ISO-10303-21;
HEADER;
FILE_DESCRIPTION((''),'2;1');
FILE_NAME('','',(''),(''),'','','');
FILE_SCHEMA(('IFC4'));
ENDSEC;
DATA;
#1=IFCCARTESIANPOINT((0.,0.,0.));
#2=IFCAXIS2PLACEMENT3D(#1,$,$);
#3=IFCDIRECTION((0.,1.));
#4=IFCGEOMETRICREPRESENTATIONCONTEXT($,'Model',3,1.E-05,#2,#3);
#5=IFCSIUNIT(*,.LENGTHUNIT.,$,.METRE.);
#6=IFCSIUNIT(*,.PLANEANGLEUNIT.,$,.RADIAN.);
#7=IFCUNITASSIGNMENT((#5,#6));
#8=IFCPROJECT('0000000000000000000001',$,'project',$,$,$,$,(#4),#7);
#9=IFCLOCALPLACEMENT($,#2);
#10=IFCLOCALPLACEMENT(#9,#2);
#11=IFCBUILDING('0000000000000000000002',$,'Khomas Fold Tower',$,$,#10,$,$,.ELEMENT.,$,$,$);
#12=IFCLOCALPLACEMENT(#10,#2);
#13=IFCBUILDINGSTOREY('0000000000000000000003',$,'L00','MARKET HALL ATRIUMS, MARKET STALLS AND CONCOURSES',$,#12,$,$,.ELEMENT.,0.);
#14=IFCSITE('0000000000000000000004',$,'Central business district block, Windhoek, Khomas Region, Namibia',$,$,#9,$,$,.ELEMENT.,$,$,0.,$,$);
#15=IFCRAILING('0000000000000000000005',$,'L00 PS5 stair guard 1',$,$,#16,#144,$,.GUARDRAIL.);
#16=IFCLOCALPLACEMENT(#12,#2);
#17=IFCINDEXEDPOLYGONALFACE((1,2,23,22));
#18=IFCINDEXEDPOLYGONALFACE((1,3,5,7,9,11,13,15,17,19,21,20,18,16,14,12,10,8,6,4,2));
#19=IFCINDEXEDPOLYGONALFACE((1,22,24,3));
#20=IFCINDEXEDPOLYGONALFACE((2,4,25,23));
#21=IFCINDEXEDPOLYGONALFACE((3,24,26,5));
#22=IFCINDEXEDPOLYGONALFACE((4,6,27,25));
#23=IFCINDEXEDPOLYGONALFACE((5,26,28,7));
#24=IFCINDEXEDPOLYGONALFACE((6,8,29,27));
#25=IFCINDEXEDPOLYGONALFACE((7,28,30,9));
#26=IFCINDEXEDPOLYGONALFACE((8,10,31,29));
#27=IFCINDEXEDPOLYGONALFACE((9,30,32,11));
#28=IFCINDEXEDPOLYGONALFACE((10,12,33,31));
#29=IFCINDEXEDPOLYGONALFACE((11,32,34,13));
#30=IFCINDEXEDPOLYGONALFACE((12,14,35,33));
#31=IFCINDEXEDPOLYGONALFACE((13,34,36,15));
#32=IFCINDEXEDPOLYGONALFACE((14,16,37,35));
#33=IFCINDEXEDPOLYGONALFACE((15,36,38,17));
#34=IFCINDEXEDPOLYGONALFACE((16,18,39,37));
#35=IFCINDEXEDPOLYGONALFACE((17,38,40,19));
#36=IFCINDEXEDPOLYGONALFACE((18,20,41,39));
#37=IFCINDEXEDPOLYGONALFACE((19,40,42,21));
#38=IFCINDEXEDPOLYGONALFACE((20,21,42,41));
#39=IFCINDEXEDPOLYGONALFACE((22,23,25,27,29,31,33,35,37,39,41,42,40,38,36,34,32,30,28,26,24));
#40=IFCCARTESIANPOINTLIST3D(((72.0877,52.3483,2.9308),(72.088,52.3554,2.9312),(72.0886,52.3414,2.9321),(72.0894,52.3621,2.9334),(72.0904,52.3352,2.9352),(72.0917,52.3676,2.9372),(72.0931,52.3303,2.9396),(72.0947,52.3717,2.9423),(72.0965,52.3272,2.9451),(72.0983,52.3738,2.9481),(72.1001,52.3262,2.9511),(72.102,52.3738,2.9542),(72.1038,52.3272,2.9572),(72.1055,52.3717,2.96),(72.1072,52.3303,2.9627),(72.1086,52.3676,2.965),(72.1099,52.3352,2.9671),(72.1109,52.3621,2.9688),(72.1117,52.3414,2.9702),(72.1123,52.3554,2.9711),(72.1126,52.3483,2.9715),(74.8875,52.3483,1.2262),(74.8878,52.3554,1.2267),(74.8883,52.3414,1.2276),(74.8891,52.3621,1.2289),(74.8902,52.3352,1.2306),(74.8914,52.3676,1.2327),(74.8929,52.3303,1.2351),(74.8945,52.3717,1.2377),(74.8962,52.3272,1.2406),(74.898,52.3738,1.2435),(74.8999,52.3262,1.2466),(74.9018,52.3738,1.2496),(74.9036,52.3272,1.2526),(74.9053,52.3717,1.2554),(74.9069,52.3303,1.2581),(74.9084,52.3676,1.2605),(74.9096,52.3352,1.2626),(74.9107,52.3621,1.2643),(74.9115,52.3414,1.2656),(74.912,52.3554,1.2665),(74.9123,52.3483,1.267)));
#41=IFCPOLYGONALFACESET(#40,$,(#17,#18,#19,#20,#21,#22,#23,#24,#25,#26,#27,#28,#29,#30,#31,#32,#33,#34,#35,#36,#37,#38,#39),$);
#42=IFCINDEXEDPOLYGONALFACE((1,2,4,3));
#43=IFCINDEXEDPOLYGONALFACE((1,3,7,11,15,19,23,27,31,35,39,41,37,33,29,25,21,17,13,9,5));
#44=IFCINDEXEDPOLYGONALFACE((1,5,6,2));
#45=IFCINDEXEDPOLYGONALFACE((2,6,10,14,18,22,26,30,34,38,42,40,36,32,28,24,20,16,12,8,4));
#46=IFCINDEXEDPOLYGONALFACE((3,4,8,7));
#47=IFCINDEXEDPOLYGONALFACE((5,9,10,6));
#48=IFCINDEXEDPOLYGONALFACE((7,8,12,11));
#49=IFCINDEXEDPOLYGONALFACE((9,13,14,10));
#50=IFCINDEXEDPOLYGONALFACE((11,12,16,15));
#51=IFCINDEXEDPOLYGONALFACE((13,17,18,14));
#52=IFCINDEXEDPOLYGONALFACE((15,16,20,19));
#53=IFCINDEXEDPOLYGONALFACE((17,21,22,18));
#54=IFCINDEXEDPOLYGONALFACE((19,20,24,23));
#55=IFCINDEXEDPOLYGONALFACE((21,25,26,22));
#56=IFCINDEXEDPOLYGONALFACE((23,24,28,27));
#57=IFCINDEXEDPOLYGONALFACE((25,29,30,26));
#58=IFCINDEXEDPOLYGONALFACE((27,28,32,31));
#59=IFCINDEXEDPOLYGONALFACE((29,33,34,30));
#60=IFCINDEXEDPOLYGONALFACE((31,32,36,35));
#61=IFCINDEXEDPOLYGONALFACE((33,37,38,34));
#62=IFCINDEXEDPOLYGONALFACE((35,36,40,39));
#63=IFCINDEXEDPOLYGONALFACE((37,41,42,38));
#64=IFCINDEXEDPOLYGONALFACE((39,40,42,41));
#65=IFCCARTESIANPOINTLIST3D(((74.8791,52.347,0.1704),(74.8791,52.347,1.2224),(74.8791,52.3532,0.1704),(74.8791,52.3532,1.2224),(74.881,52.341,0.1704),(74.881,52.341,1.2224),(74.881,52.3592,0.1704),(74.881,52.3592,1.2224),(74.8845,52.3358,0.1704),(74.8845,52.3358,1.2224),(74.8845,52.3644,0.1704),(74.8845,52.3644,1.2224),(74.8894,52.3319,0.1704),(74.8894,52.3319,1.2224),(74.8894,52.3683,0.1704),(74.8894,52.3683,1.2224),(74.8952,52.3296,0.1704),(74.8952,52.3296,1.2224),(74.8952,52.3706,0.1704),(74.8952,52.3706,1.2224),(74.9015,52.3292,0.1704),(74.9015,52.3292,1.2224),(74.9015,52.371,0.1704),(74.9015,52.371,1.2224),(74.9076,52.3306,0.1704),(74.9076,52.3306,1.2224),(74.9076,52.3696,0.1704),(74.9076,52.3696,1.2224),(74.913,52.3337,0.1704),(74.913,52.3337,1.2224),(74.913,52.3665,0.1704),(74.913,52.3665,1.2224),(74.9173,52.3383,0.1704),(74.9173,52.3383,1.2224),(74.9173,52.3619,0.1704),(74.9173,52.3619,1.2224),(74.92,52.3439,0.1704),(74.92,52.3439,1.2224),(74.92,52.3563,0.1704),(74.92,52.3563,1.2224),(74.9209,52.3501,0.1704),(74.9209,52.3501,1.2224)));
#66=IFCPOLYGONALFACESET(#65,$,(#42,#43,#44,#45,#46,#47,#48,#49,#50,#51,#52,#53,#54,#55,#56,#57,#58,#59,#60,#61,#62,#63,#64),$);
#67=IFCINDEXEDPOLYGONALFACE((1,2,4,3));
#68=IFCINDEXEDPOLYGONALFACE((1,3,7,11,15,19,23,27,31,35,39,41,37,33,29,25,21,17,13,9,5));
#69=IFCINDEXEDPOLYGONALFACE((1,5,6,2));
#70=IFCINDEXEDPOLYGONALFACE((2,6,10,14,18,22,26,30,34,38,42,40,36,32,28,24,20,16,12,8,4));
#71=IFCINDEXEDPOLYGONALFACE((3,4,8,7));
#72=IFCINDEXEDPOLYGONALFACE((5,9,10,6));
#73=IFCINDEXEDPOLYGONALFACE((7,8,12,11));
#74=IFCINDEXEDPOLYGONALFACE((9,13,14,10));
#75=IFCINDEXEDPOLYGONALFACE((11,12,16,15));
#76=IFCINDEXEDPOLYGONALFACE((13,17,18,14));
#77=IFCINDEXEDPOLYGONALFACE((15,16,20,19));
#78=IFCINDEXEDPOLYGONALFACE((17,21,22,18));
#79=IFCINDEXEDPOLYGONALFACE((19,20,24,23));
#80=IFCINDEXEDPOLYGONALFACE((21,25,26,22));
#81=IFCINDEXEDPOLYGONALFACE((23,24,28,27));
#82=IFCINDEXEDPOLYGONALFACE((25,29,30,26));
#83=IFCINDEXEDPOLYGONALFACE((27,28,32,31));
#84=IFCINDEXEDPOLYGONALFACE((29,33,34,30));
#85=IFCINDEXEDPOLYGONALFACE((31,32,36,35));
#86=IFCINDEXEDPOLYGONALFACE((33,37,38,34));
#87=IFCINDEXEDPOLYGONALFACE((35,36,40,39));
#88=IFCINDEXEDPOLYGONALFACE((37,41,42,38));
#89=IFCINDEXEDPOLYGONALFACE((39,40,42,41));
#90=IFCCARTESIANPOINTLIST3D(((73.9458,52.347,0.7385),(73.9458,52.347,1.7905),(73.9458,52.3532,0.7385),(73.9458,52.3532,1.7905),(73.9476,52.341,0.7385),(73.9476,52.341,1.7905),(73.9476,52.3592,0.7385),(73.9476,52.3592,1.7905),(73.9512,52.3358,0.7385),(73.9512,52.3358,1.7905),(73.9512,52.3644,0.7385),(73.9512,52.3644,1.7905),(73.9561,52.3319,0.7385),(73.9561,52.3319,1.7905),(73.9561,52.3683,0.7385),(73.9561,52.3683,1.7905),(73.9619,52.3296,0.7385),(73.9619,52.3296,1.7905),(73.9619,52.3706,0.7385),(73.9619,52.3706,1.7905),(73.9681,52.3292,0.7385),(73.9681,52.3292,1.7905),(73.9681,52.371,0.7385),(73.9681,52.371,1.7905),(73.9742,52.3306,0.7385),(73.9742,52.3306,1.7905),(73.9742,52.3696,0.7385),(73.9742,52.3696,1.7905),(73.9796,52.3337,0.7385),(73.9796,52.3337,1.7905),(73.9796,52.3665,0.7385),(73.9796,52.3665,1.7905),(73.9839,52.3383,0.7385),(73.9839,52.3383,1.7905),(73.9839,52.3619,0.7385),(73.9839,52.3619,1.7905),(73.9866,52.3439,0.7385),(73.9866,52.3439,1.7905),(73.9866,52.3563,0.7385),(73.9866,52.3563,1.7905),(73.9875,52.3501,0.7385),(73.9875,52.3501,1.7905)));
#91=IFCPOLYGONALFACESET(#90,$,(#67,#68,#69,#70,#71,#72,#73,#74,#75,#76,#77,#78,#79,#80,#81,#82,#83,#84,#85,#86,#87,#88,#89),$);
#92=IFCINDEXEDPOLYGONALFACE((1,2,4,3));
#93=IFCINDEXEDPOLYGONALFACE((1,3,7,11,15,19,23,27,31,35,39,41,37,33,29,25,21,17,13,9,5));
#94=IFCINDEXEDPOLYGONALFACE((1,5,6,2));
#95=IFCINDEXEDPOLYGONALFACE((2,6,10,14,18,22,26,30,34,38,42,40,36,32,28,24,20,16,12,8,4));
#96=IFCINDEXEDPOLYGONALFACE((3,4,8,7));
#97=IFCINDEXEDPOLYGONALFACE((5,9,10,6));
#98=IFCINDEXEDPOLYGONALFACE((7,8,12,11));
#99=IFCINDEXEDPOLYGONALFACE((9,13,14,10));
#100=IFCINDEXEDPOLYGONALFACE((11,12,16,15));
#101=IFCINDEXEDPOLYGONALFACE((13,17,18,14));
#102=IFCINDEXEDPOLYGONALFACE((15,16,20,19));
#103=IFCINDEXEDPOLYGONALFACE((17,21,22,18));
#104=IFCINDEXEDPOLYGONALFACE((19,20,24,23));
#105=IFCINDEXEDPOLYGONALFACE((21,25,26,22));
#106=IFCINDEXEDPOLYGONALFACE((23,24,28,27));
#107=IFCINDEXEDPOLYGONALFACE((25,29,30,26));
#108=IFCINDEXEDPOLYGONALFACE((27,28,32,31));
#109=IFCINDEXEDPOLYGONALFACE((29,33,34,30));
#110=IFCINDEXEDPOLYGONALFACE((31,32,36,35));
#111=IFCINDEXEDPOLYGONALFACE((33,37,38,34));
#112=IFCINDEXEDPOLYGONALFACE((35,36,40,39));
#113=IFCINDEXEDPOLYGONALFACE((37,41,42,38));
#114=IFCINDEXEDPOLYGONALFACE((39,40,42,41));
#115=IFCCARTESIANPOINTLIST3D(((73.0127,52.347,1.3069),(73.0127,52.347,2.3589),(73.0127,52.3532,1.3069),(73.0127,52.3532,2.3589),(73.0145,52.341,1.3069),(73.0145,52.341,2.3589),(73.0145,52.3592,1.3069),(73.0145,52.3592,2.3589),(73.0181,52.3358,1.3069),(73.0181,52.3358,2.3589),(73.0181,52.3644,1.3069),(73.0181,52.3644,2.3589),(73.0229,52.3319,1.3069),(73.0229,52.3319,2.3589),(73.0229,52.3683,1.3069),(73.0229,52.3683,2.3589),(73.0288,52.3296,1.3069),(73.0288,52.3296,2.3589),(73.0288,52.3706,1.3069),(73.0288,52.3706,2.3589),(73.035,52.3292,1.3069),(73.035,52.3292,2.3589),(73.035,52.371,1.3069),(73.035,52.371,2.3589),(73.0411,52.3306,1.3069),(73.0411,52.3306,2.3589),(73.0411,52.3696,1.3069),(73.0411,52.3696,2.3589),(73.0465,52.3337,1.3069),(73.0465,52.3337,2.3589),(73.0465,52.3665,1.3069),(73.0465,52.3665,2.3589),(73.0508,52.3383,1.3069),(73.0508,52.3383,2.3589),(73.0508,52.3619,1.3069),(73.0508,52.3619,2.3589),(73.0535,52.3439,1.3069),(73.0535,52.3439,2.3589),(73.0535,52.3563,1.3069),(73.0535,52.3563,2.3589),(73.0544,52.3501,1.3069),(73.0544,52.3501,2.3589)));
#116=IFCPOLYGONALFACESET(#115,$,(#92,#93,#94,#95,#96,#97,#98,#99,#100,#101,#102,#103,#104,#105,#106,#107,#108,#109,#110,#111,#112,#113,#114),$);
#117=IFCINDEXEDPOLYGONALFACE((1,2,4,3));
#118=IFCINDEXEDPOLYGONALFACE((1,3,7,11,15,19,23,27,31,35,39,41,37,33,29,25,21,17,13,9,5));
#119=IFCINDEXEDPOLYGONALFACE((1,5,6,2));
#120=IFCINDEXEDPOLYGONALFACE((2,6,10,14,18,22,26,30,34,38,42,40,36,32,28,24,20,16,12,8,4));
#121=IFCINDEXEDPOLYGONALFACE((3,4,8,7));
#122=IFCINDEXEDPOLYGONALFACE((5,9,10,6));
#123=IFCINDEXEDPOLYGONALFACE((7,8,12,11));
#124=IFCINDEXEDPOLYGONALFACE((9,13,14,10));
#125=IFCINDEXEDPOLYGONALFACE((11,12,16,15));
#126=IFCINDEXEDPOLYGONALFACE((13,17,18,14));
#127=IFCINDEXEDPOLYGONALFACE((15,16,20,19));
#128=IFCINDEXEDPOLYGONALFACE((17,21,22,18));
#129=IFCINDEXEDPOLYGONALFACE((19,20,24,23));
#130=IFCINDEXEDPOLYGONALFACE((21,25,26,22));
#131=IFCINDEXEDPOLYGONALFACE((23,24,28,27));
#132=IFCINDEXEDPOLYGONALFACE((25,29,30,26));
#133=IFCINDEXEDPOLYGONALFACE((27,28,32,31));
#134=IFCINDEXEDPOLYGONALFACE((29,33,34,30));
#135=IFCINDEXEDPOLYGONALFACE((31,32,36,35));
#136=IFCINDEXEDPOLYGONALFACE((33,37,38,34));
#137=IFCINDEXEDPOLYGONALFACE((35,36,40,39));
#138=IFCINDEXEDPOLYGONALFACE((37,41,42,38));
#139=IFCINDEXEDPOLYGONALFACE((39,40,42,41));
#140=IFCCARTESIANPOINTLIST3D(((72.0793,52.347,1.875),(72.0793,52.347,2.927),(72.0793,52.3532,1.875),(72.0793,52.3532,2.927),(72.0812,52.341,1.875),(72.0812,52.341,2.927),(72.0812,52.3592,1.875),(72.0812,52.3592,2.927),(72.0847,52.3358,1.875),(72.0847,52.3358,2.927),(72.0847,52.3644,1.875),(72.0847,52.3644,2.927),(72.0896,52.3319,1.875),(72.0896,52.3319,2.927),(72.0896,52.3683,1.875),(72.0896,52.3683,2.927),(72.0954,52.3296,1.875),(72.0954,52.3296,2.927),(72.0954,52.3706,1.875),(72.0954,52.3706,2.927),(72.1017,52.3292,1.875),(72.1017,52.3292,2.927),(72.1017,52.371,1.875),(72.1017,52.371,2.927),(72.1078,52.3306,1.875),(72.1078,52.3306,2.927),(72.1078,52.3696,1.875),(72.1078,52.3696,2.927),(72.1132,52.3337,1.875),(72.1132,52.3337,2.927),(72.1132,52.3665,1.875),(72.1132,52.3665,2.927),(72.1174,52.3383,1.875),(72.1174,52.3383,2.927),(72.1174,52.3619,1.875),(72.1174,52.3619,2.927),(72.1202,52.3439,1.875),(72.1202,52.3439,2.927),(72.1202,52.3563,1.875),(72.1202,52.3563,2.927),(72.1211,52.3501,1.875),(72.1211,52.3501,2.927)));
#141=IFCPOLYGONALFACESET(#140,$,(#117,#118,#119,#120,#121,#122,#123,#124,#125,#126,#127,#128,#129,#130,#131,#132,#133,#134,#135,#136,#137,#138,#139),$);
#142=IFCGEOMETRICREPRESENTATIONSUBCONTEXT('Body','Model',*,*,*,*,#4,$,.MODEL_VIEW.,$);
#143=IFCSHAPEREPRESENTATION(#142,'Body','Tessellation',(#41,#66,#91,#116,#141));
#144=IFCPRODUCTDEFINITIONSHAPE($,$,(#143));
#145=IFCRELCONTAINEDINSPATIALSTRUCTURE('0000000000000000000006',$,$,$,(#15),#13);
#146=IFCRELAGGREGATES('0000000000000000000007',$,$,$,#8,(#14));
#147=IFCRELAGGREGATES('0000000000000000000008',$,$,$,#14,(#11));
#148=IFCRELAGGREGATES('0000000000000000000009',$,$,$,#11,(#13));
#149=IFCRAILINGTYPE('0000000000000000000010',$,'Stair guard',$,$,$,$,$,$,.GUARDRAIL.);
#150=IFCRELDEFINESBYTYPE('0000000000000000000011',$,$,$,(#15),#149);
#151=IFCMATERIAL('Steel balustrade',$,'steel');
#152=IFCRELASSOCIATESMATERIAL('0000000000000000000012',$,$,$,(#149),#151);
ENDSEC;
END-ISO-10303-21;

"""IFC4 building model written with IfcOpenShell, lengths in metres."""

from ifc_helpers import new_model, si_unit, direction, frame, origin, origin_2d, place, context, subcontext, project, spatial, circle, extrude, source, transform, mapped, material, type_object, element, save


model = new_model("IFC4")

# Units and contexts
model_context = context("Model", 3, precision=1e-05, world=origin(), true_north=direction((0.0, 1.0)))
body_context = subcontext(model_context, "Body", "Model", "MODEL_VIEW")
ifc_project = project(units=[si_unit("LENGTHUNIT", "METRE"), si_unit("PLANEANGLEUNIT", "RADIAN")], contexts=[model_context])

# Site, building, storey
site_placement = place(None, origin())
site = spatial("IfcSite", under=ifc_project, at=site_placement, Name="Central business district block, Windhoek, Khomas Region, Namibia", CompositionType="ELEMENT", RefElevation=0.0)
building_placement = place(site_placement, origin())
building = spatial("IfcBuilding", under=site, at=building_placement, Name="Khomas Fold Tower", CompositionType="ELEMENT")
storey_placement = place(building_placement, origin())
storey = spatial("IfcBuildingStorey", under=building, at=storey_placement, Name="L00", Description="MARKET HALL ATRIUMS, MARKET STALLS AND CONCOURSES", CompositionType="ELEMENT", Elevation=0.0)

# Railing
ifc_material_1 = material(Name="Steel balustrade", Category="steel")
railing_type_1 = type_object("IfcRailingType", Name="Stair guard", PredefinedType="GUARDRAIL", material=ifc_material_1)
shared_shape_1 = source(origin(), body_context, "Body", "SweptSolid", [
    extrude(circle(Radius=0.0239, at=origin_2d()), frame((0.0, 0.0, 1.0762), z_axis=(-0.85415, 0.0, 0.520027), x_axis=(0.0, -1.0, 0.0)), (0.0, 0.0, 1.0), 3.2778),
    extrude(circle(Radius=0.021, at=origin_2d()), origin(), (0.0, 0.0, 1.0), 1.052),
    extrude(circle(Radius=0.021, at=origin_2d()), frame((-0.9333, 0.0, 0.5681)), (0.0, 0.0, 1.0), 1.052),
    extrude(circle(Radius=0.021, at=origin_2d()), frame((-1.8665, 0.0, 1.1365)), (0.0, 0.0, 1.0), 1.052),
    extrude(circle(Radius=0.021, at=origin_2d()), frame((-2.7998, 0.0, 1.7046)), (0.0, 0.0, 1.0), 1.052),
])
for number, where, name in (
    (1, (74.8999, 52.3501, 0.1704), "L00 PS5 stair guard 1"),
):
    element("IfcRailing", number, at=place(storey_placement, frame(where)), inside=storey, type_object=railing_type_1, Name=name, PredefinedType="GUARDRAIL", context=body_context, shape_type="MappedRepresentation", body=[
        mapped(shared_shape_1, transform((0.0, 0.0, 0.0))),
    ])

save(model, "model.ifc")
